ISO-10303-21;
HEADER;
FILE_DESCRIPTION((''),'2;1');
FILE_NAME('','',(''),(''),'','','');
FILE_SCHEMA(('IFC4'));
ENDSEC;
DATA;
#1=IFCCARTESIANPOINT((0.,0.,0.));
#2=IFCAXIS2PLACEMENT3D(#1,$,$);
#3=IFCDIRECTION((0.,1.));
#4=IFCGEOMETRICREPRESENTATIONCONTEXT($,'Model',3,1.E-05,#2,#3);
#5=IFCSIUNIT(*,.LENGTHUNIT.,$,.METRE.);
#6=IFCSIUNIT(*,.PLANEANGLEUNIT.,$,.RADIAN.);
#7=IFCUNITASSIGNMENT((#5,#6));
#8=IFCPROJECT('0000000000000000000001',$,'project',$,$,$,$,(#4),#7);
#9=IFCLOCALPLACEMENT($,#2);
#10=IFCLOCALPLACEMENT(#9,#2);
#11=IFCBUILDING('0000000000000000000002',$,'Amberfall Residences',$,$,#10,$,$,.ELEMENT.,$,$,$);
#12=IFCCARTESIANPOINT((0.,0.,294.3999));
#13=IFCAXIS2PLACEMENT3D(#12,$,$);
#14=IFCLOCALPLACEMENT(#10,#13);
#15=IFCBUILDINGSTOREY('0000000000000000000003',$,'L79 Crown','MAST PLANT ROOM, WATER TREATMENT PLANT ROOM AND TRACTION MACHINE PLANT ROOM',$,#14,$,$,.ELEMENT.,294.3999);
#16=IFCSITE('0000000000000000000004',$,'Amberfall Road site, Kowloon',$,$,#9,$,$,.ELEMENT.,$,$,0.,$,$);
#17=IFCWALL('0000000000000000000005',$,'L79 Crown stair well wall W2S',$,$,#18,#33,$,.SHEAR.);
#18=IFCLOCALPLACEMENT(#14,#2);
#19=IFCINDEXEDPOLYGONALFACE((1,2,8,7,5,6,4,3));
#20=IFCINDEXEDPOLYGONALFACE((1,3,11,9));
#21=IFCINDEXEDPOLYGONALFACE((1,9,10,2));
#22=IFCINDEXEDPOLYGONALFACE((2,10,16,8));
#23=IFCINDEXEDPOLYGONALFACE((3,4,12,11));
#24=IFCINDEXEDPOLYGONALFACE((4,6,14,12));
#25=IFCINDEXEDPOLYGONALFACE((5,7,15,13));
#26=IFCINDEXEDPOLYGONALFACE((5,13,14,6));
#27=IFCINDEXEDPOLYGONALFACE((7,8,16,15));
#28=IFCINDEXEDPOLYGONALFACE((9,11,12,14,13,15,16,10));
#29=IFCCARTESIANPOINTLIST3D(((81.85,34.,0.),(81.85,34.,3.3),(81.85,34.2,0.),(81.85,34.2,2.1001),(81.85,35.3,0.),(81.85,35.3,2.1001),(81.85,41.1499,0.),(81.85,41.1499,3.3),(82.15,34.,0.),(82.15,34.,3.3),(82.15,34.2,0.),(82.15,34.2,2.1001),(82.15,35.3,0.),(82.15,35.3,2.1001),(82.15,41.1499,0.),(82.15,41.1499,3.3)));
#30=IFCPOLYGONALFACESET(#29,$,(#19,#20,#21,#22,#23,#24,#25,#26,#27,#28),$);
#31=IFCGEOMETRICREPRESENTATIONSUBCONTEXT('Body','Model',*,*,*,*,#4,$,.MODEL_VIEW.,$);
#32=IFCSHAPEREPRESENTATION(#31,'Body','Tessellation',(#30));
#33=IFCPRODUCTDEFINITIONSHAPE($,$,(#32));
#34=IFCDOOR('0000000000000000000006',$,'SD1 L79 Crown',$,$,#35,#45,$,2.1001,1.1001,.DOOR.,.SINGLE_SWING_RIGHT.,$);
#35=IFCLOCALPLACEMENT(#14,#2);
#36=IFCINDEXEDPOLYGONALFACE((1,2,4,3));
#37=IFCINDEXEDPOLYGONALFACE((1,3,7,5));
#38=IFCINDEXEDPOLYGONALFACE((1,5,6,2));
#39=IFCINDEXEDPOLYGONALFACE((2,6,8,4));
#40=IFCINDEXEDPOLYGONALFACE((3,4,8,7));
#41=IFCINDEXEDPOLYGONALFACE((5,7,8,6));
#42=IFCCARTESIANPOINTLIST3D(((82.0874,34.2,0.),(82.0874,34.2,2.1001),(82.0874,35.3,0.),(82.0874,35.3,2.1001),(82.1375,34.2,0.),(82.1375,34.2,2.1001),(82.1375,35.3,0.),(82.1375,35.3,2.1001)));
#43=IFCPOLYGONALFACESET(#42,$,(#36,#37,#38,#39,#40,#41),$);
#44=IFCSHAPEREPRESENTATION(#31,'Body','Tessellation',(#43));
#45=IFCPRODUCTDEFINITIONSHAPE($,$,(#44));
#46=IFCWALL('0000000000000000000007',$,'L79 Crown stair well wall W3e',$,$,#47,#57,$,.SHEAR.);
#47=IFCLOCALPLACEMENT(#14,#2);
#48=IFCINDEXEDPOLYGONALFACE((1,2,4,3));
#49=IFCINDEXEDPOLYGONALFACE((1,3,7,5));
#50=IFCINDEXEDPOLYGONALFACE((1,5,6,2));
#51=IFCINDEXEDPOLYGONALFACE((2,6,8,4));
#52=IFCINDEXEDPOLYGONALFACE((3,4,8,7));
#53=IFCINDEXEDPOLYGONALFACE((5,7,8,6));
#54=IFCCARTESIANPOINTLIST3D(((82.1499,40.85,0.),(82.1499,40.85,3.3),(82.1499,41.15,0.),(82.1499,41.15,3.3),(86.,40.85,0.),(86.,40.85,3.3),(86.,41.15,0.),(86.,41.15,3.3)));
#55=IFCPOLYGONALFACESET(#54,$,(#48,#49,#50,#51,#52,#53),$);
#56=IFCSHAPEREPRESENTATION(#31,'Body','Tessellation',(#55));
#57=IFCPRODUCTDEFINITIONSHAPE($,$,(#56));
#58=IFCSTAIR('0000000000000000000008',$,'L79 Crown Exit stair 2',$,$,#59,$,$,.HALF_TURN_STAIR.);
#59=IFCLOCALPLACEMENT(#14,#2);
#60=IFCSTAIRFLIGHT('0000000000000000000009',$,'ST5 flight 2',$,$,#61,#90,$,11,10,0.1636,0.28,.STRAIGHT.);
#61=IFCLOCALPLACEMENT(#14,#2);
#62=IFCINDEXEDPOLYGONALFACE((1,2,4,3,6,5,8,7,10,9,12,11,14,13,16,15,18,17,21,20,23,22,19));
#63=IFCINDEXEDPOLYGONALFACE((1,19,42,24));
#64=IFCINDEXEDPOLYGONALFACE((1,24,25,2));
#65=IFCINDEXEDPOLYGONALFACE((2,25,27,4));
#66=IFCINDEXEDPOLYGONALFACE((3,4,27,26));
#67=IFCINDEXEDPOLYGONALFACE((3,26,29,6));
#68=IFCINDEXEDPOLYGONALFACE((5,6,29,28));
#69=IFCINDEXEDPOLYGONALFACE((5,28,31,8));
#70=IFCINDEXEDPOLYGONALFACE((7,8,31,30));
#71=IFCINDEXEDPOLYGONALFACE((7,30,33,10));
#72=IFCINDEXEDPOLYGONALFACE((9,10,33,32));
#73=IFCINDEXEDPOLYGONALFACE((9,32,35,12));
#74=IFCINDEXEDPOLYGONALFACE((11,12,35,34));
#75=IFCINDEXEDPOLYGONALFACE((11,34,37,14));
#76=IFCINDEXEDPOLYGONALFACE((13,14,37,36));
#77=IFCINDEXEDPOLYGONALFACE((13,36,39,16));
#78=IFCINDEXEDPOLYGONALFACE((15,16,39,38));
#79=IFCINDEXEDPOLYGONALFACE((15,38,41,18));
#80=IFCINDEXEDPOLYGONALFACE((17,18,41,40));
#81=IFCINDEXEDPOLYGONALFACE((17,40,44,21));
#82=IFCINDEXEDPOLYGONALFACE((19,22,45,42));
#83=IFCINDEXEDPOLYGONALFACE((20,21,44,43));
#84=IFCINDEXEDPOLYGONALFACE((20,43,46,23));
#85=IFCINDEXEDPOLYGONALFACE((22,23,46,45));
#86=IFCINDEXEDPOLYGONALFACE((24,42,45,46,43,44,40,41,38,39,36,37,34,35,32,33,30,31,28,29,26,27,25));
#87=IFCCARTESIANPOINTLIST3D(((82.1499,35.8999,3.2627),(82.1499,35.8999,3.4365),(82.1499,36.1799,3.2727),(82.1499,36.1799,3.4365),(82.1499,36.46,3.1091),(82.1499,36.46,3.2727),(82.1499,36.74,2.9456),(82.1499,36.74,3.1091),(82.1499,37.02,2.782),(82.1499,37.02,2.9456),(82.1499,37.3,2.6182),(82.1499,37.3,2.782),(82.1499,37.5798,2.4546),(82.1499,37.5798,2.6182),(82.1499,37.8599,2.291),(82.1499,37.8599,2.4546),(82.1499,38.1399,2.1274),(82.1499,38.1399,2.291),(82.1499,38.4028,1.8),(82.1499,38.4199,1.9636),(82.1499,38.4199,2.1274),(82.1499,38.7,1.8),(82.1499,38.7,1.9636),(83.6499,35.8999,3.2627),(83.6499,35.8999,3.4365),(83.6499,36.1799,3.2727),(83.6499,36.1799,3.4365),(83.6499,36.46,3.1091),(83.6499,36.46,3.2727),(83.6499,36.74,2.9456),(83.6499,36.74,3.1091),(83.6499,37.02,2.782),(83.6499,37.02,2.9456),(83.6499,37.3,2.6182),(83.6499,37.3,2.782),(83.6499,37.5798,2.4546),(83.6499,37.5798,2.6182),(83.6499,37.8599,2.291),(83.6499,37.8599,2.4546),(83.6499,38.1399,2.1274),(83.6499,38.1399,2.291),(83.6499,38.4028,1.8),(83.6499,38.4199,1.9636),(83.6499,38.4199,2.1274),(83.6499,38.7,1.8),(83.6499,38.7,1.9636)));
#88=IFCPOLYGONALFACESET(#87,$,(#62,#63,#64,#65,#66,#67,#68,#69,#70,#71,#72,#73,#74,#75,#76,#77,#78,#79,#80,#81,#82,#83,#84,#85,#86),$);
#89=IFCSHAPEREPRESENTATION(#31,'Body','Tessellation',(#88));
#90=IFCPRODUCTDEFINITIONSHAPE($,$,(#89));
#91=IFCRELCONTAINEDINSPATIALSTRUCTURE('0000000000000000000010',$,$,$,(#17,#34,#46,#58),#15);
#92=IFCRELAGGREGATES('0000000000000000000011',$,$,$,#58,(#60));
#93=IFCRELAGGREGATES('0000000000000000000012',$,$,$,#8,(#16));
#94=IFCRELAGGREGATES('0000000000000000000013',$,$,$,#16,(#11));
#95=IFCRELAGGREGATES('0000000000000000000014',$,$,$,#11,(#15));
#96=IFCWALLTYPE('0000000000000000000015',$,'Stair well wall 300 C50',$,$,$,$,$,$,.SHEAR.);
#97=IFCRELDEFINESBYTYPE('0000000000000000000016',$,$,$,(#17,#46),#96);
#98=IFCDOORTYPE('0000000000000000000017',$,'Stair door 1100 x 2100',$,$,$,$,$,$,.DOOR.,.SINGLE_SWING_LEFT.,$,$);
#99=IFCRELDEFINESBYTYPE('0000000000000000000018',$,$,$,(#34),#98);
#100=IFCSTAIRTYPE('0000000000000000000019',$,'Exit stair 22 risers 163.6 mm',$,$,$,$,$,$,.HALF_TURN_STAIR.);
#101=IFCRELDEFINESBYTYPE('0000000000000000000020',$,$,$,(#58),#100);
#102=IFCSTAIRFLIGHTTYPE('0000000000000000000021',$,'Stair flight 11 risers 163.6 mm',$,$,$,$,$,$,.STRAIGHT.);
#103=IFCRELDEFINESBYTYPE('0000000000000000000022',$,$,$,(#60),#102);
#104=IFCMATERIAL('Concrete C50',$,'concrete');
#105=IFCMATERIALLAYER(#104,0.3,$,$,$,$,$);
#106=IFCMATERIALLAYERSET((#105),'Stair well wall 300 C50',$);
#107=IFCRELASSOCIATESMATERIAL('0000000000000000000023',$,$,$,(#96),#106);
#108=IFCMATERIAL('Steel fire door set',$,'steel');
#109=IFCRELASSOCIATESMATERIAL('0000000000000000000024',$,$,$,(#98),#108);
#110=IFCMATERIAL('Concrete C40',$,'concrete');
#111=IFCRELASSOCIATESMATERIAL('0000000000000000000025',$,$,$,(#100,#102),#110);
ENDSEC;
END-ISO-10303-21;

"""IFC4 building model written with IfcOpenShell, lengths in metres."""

from ifc_helpers import new_model, si_unit, direction, frame, frame_2d, origin, place, context, subcontext, project, spatial, polyline, rectangle, outline, extrude, material, layer, layer_set, type_object, element, fill, aggregate, save


model = new_model("IFC4")

# Units and contexts
model_context = context("Model", 3, precision=1e-05, world=origin(), true_north=direction((0.0, 1.0)))
body_context = subcontext(model_context, "Body", "Model", "MODEL_VIEW")
ifc_project = project(units=[si_unit("LENGTHUNIT", "METRE"), si_unit("PLANEANGLEUNIT", "RADIAN")], contexts=[model_context])

# Site, building, storey
site_placement = place(None, origin())
site = spatial("IfcSite", under=ifc_project, at=site_placement, Name="Amberfall Road site, Kowloon", CompositionType="ELEMENT", RefElevation=0.0)
building_placement = place(site_placement, origin())
building = spatial("IfcBuilding", under=site, at=building_placement, Name="Amberfall Residences", CompositionType="ELEMENT")
storey_placement = place(building_placement, frame((0.0, 0.0, 294.3999)))
storey = spatial("IfcBuildingStorey", under=building, at=storey_placement, Name="L79 Crown", Description="MAST PLANT ROOM, WATER TREATMENT PLANT ROOM AND TRACTION MACHINE PLANT ROOM", CompositionType="ELEMENT", Elevation=294.3999)

# Shared definitions
ifc_material_1 = material(Name="Concrete C50", Category="concrete")

# Shared definitions
ifc_material_2 = material(Name="Steel fire door set", Category="steel")

# Wall, opening, door
ifc_layer_1 = layer(ifc_material_1, 0.3)
ifc_layer_set_1 = layer_set([ifc_layer_1], Name="Stair well wall 300 C50")
wall_type_1 = type_object("IfcWallType", Name="Stair well wall 300 C50", PredefinedType="SHEAR", material=ifc_layer_set_1)
wall_1_placement = place(storey_placement, frame((82.0, 34.0, 0.0), z_axis=(0.0, 0.0, 1.0), x_axis=(0.0, 1.0, 0.0)))
wall_1 = element("IfcWall", 1, at=wall_1_placement, inside=storey, type_object=wall_type_1, Name="L79 Crown stair well wall W2S", PredefinedType="SHEAR", context=body_context, shape_type="SweptSolid", body=[
    extrude(rectangle(XDim=7.1499, YDim=0.3, at=frame_2d((3.575, 0.0))), origin(), (0.0, 0.0, 1.0), 3.3),
])
opening_1_placement = place(wall_1_placement, frame((0.2, 0.0, 0.0)))
opening_1 = element("IfcOpeningElement", 2, at=opening_1_placement, cuts=wall_1, PredefinedType="OPENING", context=body_context, shape_type="SweptSolid", body=[
    extrude(rectangle(XDim=1.1001, YDim=2.1001, at=frame_2d((0.55, 1.05))), frame((0.0, 0.1599, 0.0), z_axis=(0.0, -1.0, 0.0), x_axis=(1.0, 0.0, 0.0)), (0.0, 0.0, 1.0), 0.3201),
])
door_type_1 = type_object("IfcDoorType", Name="Stair door 1100 x 2100", OperationType="SINGLE_SWING_LEFT", PredefinedType="DOOR", material=ifc_material_2)
door_1_placement = place(opening_1_placement, origin())
door_1 = element("IfcDoor", 3, at=door_1_placement, inside=storey, type_object=door_type_1, Name="SD1 L79 Crown", OperationType="SINGLE_SWING_RIGHT", OverallHeight=2.1001, OverallWidth=1.1001, PredefinedType="DOOR", context=body_context, shape_type="SweptSolid", body=[
    extrude(rectangle(XDim=1.1001, YDim=2.1001, at=frame_2d((0.55, 1.05))), frame((0.0, -0.0874, 0.0), z_axis=(0.0, -1.0, 0.0), x_axis=(1.0, 0.0, 0.0)), (0.0, 0.0, 1.0), 0.05),
])
fill(opening_1, door_1)

# Wall
wall_2_placement = place(storey_placement, frame((82.1499, 41.0, 0.0), z_axis=(0.0, 0.0, 1.0), x_axis=(1.0, 0.0, 0.0)))
element("IfcWall", 4, at=wall_2_placement, inside=storey, type_object=wall_type_1, Name="L79 Crown stair well wall W3e", PredefinedType="SHEAR", context=body_context, shape_type="SweptSolid", body=[
    extrude(rectangle(XDim=3.8501, YDim=0.3, at=frame_2d((1.925, 0.0))), origin(), (0.0, 0.0, 1.0), 3.3),
])

# Stair, stair flight
ifc_material_3 = material(Name="Concrete C40", Category="concrete")
stair_type = type_object("IfcStairType", Name="Exit stair 22 risers 163.6 mm", PredefinedType="HALF_TURN_STAIR", material=ifc_material_3)
stair_placement = place(storey_placement, origin())
stair = element("IfcStair", 5, at=stair_placement, inside=storey, type_object=stair_type, Name="L79 Crown Exit stair 2", PredefinedType="HALF_TURN_STAIR")
stair_flight_type = type_object("IfcStairFlightType", Name="Stair flight 11 risers 163.6 mm", PredefinedType="STRAIGHT", material=ifc_material_3)
stair_flight_placement = place(storey_placement, frame((82.8999, 38.7, 1.8), z_axis=(0.0, 0.0, 1.0), x_axis=(0.0, -1.0, 0.0)))
stair_flight = element("IfcStairFlight", 6, at=stair_flight_placement, type_object=stair_flight_type, Name="ST5 flight 2", NumberOfRisers=11, NumberOfTreads=10, PredefinedType="STRAIGHT", RiserHeight=0.1636, TreadLength=0.28, context=body_context, shape_type="SweptSolid", body=[
    extrude(outline(polyline([(0.0, 0.0), (0.0, 0.1636), (0.28, 0.1636), (0.28, 0.3274), (0.5601, 0.3274), (0.5601, 0.491), (0.8401, 0.491), (0.8401, 0.6545), (1.1201, 0.6545), (1.1201, 0.8181), (1.3999, 0.8181), (1.3999, 0.9819), (1.6799, 0.9819), (1.6799, 1.1455), (1.96, 1.1455), (1.96, 1.3091), (2.24, 1.3091), (2.24, 1.4727), (2.52, 1.4727), (2.52, 1.6365), (2.8, 1.6365), (2.8, 1.8), (2.8, 1.4626), (0.2971, 0.0), (0.0, 0.0)])), frame((0.0, 0.75, 0.0), z_axis=(0.0, -1.0, 0.0), x_axis=(1.0, 0.0, 0.0)), (0.0, 0.0, 1.0), 1.5),
])
aggregate(stair, [stair_flight])

save(model, "model.ifc")
